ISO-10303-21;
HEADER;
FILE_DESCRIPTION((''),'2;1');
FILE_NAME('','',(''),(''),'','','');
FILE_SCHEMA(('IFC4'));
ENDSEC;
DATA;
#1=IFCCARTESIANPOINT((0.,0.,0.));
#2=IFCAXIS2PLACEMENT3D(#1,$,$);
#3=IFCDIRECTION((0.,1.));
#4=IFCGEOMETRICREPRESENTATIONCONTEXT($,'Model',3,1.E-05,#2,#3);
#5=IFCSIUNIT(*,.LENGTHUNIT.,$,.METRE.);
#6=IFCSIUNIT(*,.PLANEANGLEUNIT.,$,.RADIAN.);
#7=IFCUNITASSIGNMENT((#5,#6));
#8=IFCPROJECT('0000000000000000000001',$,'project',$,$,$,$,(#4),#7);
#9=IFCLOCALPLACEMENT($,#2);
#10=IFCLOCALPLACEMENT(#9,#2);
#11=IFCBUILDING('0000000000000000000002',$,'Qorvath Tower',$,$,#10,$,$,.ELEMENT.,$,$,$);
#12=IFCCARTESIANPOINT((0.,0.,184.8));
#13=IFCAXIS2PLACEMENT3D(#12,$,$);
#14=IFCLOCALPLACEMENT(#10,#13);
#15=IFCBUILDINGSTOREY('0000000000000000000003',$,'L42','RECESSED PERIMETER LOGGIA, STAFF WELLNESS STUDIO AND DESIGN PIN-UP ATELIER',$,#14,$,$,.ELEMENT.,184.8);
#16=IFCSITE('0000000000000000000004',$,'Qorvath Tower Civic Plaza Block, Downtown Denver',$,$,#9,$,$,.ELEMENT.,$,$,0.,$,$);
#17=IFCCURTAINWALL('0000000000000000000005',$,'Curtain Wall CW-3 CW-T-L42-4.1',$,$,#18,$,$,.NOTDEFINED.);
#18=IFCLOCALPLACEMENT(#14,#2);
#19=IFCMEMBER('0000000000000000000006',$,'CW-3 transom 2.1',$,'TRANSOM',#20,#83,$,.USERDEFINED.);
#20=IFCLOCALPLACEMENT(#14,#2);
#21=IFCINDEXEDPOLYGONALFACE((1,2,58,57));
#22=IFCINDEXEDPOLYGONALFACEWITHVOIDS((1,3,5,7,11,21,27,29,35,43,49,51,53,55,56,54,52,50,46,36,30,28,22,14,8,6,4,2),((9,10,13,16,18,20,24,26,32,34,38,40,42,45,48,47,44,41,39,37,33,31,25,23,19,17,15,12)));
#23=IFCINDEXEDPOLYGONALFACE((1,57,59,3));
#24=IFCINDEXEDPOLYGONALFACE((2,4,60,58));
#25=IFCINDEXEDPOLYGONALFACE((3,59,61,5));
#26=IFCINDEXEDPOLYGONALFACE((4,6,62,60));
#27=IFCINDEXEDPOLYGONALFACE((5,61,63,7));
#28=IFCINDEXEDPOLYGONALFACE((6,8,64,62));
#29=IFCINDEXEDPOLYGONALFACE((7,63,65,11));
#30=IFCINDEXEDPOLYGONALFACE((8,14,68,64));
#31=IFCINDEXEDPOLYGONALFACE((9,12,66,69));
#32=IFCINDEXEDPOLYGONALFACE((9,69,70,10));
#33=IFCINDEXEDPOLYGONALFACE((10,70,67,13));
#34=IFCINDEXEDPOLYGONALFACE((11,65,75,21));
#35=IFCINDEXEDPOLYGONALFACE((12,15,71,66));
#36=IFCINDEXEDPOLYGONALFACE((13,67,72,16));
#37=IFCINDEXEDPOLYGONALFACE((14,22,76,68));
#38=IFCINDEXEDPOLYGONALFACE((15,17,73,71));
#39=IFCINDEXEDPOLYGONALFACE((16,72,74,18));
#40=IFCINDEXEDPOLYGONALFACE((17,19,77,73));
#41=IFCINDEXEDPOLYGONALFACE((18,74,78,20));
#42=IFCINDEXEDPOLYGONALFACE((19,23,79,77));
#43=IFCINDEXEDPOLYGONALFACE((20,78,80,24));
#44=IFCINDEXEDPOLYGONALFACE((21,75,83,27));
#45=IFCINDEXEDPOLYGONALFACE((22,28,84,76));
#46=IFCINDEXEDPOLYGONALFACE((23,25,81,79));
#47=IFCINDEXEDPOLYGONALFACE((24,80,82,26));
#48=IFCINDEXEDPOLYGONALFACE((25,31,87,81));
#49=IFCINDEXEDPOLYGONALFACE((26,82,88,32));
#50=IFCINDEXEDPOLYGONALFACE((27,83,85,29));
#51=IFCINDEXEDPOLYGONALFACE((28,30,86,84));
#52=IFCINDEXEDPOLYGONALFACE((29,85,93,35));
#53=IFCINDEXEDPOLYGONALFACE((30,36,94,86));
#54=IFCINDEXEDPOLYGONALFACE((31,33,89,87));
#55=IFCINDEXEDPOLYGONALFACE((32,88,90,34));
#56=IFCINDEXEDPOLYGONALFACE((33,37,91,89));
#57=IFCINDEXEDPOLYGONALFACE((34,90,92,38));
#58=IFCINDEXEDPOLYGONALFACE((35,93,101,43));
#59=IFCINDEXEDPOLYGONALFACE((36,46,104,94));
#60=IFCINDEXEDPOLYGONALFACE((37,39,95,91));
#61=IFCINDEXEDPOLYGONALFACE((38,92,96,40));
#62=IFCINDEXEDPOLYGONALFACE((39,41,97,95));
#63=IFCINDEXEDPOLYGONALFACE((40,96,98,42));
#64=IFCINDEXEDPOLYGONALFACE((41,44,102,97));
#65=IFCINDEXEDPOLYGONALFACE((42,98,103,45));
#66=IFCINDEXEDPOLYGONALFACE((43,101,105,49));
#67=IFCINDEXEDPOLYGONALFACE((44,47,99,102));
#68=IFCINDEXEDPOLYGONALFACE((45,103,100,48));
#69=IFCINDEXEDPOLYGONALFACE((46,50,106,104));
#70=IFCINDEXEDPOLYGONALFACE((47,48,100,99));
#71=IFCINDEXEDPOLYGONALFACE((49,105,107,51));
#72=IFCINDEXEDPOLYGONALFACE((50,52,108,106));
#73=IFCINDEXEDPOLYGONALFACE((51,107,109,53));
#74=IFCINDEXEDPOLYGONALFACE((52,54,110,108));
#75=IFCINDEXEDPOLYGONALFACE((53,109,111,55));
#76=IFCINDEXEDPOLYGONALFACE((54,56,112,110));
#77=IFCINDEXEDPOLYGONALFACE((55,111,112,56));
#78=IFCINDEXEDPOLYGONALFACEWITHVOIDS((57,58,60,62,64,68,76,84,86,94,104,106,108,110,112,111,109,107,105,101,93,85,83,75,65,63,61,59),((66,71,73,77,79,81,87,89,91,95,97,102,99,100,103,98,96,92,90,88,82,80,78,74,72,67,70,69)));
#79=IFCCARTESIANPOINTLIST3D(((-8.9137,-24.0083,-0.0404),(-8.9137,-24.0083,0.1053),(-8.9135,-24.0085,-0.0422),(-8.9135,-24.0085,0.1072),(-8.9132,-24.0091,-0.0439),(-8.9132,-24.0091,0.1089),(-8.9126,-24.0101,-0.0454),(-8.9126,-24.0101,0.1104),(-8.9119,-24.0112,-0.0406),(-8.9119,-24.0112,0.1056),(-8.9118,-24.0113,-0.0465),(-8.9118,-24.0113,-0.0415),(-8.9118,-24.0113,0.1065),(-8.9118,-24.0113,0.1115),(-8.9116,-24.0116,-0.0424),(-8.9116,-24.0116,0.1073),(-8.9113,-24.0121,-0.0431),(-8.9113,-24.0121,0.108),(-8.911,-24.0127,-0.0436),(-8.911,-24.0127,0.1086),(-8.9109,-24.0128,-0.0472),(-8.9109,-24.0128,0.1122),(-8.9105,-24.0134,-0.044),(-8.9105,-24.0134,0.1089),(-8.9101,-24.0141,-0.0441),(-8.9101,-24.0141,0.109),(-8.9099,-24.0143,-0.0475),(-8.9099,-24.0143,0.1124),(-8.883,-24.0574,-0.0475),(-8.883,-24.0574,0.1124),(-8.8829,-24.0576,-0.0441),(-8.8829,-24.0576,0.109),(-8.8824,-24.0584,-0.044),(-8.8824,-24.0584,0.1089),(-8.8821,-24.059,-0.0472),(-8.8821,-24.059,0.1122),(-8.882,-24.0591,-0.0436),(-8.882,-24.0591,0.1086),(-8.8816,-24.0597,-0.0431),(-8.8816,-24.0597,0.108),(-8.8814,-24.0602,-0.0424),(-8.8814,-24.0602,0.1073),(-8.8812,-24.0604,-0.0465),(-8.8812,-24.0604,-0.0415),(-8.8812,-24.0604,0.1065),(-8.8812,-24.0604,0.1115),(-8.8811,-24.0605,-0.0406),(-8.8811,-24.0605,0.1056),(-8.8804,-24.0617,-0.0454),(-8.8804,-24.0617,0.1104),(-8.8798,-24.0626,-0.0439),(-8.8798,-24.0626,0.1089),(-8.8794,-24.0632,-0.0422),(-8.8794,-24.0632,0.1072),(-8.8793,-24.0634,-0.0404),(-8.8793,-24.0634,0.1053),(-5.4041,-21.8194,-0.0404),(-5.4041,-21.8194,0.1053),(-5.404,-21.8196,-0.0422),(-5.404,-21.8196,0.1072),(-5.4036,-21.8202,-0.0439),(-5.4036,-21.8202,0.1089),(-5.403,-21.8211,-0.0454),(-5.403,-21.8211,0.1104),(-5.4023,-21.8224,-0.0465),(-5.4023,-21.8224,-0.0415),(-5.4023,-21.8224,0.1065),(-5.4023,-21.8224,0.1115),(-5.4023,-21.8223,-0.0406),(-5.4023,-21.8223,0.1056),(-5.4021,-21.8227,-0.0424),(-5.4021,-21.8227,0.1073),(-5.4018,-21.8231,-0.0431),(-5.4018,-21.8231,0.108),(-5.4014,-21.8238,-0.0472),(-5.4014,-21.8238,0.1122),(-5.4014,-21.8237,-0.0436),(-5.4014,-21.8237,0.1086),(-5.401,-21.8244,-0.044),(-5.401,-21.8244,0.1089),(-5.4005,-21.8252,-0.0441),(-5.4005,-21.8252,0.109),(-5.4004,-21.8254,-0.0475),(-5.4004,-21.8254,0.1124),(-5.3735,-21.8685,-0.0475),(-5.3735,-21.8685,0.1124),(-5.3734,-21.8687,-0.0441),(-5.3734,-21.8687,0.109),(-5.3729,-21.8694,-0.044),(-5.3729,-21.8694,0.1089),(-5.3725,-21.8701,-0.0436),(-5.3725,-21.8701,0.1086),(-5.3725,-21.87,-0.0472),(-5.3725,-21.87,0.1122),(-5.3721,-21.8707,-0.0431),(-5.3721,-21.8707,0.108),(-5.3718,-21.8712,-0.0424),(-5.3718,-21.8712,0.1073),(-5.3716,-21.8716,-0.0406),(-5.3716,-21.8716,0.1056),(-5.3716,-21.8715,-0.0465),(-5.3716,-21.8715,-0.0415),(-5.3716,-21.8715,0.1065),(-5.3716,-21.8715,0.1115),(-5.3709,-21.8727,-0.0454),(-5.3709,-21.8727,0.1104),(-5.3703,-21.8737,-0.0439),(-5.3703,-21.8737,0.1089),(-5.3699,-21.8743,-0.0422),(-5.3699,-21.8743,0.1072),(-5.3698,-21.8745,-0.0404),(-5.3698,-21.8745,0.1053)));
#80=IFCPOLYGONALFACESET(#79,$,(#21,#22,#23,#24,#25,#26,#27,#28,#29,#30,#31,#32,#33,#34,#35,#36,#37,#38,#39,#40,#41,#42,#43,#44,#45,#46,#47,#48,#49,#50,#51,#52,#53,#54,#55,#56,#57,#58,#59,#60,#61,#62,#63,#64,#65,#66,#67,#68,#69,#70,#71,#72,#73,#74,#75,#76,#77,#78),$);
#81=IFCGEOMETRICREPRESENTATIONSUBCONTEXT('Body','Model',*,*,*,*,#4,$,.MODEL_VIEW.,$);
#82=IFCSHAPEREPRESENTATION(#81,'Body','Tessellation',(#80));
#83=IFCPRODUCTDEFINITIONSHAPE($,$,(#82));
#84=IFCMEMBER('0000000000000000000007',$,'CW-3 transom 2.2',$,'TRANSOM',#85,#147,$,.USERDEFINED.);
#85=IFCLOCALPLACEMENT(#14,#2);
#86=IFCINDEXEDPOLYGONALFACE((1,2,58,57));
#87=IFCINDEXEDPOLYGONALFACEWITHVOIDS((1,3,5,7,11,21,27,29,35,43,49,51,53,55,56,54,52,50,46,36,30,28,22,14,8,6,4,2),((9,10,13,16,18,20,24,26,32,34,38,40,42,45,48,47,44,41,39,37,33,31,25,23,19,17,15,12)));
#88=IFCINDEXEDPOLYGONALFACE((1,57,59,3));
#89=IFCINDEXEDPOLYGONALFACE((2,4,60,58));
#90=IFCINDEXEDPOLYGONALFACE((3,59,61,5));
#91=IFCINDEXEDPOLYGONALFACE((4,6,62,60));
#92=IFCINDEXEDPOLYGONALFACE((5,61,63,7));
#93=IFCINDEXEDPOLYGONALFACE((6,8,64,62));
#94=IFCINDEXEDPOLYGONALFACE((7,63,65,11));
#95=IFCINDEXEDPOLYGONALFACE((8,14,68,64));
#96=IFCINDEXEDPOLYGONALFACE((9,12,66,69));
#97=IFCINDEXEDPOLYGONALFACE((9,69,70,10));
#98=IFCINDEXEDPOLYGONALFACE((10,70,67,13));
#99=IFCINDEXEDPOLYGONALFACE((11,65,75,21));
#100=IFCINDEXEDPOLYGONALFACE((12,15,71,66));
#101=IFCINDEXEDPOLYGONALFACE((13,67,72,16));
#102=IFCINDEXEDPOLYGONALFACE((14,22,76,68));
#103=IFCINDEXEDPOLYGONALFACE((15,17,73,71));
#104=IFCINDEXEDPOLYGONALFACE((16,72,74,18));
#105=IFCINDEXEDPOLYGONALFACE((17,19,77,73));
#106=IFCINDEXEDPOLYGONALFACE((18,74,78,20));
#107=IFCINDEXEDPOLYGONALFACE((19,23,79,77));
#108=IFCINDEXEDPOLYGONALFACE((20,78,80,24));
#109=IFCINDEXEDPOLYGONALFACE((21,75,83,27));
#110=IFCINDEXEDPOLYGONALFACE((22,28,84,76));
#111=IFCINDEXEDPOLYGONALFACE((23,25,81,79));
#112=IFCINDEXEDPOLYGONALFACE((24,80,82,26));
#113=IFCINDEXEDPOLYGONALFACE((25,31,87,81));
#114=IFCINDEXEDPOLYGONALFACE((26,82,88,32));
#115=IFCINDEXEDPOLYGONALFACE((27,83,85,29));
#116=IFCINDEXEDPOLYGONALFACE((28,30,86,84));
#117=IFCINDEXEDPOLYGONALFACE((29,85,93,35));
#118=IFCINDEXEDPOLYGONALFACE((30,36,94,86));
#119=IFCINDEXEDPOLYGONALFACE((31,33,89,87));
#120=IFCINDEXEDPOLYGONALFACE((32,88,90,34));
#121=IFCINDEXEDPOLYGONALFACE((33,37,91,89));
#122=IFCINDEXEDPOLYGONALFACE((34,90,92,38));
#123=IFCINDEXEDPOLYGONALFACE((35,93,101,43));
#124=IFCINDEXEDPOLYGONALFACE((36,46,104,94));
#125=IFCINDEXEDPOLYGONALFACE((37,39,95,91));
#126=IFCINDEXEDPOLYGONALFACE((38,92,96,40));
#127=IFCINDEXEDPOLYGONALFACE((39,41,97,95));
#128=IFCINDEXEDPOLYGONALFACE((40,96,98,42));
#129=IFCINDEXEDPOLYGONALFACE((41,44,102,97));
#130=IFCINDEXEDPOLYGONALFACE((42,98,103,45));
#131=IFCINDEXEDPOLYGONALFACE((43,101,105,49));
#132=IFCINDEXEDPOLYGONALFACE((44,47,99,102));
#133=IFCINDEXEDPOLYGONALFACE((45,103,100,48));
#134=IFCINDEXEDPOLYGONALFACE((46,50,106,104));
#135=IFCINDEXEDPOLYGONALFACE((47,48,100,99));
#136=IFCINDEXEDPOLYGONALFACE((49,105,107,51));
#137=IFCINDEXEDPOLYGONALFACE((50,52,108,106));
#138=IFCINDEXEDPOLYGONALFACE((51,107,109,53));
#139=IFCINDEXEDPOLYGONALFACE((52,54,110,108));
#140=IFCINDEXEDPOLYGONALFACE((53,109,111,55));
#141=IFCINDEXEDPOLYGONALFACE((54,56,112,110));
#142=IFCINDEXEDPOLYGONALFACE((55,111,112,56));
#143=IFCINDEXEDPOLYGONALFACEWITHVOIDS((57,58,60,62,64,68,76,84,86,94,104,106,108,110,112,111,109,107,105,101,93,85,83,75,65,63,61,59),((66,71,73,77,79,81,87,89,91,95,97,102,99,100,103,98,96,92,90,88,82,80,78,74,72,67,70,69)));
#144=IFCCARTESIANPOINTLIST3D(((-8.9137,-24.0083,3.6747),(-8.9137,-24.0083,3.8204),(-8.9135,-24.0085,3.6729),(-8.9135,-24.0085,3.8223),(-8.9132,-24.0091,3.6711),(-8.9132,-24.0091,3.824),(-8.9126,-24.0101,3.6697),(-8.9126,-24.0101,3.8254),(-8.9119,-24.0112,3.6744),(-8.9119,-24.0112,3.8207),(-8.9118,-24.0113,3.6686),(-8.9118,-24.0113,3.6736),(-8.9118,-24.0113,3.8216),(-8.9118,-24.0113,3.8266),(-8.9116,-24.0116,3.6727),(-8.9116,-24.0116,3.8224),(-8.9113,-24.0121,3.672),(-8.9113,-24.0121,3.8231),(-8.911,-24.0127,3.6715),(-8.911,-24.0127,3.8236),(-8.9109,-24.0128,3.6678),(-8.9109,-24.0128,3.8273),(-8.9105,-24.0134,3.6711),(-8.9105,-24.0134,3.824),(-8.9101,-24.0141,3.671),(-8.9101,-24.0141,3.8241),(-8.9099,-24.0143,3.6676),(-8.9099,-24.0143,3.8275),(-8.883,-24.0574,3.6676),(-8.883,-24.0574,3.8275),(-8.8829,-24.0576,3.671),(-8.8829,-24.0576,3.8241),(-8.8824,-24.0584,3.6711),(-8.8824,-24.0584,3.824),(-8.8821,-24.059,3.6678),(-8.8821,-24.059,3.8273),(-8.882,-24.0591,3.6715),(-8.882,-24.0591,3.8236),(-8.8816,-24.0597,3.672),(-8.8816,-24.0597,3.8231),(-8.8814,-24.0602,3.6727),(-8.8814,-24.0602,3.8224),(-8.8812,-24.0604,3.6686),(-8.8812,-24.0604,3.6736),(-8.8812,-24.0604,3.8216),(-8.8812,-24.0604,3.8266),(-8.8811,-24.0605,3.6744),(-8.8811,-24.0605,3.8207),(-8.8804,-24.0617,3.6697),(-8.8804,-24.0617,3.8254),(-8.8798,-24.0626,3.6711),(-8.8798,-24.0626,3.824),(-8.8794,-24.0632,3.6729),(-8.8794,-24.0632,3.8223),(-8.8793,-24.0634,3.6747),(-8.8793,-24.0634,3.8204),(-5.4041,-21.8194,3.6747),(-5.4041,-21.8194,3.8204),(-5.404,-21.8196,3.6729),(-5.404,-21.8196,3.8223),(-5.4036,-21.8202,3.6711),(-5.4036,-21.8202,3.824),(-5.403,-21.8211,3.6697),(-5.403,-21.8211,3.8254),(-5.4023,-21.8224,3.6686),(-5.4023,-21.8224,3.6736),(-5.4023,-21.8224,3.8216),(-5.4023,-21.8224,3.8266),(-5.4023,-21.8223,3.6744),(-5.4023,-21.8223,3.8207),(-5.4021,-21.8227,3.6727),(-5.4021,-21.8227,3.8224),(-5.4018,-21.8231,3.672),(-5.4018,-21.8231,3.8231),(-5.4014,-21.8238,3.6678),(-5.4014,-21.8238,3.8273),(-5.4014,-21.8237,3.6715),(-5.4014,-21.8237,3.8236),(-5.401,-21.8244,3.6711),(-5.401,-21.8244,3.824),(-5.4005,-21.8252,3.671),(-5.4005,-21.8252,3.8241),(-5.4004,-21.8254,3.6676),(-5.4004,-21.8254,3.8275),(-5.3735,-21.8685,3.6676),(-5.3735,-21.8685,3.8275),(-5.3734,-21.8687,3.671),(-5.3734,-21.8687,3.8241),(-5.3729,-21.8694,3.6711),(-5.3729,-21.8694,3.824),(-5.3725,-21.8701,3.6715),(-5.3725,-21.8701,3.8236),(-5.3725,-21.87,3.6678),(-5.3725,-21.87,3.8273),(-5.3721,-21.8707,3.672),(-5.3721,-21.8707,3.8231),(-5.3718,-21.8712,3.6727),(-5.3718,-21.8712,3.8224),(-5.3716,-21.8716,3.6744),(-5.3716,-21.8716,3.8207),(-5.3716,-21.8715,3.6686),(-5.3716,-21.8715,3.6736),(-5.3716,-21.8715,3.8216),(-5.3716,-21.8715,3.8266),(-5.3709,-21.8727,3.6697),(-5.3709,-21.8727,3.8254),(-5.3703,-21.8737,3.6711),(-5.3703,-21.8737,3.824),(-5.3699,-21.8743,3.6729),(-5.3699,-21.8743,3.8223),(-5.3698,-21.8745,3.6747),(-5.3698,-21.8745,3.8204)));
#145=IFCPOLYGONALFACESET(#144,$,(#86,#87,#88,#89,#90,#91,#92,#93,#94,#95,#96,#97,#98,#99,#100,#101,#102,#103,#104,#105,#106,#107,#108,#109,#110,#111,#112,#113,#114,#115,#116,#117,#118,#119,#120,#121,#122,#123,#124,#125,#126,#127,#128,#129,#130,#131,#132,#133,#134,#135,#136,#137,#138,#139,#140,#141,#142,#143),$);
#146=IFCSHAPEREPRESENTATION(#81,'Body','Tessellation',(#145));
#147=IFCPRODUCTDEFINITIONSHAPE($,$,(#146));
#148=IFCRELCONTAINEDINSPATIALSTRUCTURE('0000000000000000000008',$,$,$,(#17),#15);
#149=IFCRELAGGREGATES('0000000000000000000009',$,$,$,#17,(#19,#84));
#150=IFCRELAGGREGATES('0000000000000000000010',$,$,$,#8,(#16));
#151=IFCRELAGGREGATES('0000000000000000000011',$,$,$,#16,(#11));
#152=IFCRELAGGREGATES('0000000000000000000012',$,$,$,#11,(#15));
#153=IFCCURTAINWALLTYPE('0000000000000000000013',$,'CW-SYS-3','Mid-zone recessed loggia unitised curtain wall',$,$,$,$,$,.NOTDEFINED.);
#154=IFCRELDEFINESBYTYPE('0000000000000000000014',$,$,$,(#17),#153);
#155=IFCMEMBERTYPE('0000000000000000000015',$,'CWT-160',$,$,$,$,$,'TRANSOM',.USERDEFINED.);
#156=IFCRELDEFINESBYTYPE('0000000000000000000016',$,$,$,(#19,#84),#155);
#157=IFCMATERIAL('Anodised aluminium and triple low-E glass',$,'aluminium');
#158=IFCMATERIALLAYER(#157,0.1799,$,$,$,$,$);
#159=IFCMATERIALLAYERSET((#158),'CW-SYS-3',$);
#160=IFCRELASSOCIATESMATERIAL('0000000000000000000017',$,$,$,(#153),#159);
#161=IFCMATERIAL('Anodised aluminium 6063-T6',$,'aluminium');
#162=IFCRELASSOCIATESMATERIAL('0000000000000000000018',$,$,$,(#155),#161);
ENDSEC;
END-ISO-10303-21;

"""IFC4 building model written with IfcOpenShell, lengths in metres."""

from ifc_helpers import new_model, si_unit, direction, frame, origin, origin_2d, place, context, subcontext, project, spatial, hollow_rectangle, extrude, material, layer, layer_set, material_profile, profile_set, type_object, element, aggregate, save


model = new_model("IFC4")

# Units and contexts
model_context = context("Model", 3, precision=1e-05, world=origin(), true_north=direction((0.0, 1.0)))
body_context = subcontext(model_context, "Body", "Model", "MODEL_VIEW")
ifc_project = project(units=[si_unit("LENGTHUNIT", "METRE"), si_unit("PLANEANGLEUNIT", "RADIAN")], contexts=[model_context])

# Site, building, storey
site_placement = place(None, origin())
site = spatial("IfcSite", under=ifc_project, at=site_placement, Name="Qorvath Tower Civic Plaza Block, Downtown Denver", CompositionType="ELEMENT", RefElevation=0.0)
building_placement = place(site_placement, origin())
building = spatial("IfcBuilding", under=site, at=building_placement, Name="Qorvath Tower", CompositionType="ELEMENT")
storey_placement = place(building_placement, frame((0.0, 0.0, 184.8)))
storey = spatial("IfcBuildingStorey", under=building, at=storey_placement, Name="L42", Description="RECESSED PERIMETER LOGGIA, STAFF WELLNESS STUDIO AND DESIGN PIN-UP ATELIER", CompositionType="ELEMENT", Elevation=184.8)

# Shared definitions
ifc_material_1 = material(Name="Anodised aluminium and triple low-E glass", Category="aluminium")
ifc_layer_1 = layer(ifc_material_1, 0.1799)
ifc_layer_set_1 = layer_set([ifc_layer_1], Name="CW-SYS-3")
curtain_wall_type = type_object("IfcCurtainWallType", Name="CW-SYS-3", Description="Mid-zone recessed loggia unitised curtain wall", PredefinedType="NOTDEFINED", material=ifc_layer_set_1)

# Curtain wall
curtain_wall_1_placement = place(storey_placement, origin())
curtain_wall_1 = element("IfcCurtainWall", 1, at=curtain_wall_1_placement, inside=storey, type_object=curtain_wall_type, Name="Curtain Wall CW-3 CW-T-L42-4.1", PredefinedType="NOTDEFINED")

# Members
ifc_material_2 = material(Name="Anodised aluminium 6063-T6", Category="aluminium")
ifc_material_profile_1 = material_profile(ifc_material_2, hollow_rectangle(XDim=0.0649, YDim=0.1599, WallThickness=0.0034, InnerFilletRadius=0.0034, OuterFilletRadius=0.0071, at=origin_2d()), Name="CWT 160x65")
ifc_profile_set_1 = profile_set([ifc_material_profile_1], Name="Anodised aluminium 6063-T6")
member_type_1 = type_object("IfcMemberType", Name="CWT-160", ElementType="TRANSOM", PredefinedType="USERDEFINED", material=ifc_profile_set_1)
member_1_placement = place(storey_placement, frame((-8.8965, -24.0359, 0.0325), z_axis=(0.848485, 0.529219, 0.0), x_axis=(-0.529219, 0.848485, 0.0)))
member_1 = element("IfcMember", 2, at=member_1_placement, type_object=member_type_1, Name="CW-3 transom 2.1", ObjectType="TRANSOM", PredefinedType="USERDEFINED", context=body_context, shape_type="SweptSolid", body=[
    extrude(hollow_rectangle(XDim=0.0649, YDim=0.1599, WallThickness=0.0034, InnerFilletRadius=0.0034, OuterFilletRadius=0.0071, at=origin_2d()), origin(), (0.0, 0.0, 1.0), 4.1362),
])
member_2_placement = place(storey_placement, frame((-8.8965, -24.0359, 3.7476), z_axis=(0.848485, 0.529219, 0.0), x_axis=(-0.529219, 0.848485, 0.0)))
member_2 = element("IfcMember", 3, at=member_2_placement, type_object=member_type_1, Name="CW-3 transom 2.2", ObjectType="TRANSOM", PredefinedType="USERDEFINED", context=body_context, shape_type="SweptSolid", body=[
    extrude(hollow_rectangle(XDim=0.0649, YDim=0.1599, WallThickness=0.0034, InnerFilletRadius=0.0034, OuterFilletRadius=0.0071, at=origin_2d()), origin(), (0.0, 0.0, 1.0), 4.1362),
])

aggregate(curtain_wall_1, [member_1, member_2])

save(model, "model.ifc")
